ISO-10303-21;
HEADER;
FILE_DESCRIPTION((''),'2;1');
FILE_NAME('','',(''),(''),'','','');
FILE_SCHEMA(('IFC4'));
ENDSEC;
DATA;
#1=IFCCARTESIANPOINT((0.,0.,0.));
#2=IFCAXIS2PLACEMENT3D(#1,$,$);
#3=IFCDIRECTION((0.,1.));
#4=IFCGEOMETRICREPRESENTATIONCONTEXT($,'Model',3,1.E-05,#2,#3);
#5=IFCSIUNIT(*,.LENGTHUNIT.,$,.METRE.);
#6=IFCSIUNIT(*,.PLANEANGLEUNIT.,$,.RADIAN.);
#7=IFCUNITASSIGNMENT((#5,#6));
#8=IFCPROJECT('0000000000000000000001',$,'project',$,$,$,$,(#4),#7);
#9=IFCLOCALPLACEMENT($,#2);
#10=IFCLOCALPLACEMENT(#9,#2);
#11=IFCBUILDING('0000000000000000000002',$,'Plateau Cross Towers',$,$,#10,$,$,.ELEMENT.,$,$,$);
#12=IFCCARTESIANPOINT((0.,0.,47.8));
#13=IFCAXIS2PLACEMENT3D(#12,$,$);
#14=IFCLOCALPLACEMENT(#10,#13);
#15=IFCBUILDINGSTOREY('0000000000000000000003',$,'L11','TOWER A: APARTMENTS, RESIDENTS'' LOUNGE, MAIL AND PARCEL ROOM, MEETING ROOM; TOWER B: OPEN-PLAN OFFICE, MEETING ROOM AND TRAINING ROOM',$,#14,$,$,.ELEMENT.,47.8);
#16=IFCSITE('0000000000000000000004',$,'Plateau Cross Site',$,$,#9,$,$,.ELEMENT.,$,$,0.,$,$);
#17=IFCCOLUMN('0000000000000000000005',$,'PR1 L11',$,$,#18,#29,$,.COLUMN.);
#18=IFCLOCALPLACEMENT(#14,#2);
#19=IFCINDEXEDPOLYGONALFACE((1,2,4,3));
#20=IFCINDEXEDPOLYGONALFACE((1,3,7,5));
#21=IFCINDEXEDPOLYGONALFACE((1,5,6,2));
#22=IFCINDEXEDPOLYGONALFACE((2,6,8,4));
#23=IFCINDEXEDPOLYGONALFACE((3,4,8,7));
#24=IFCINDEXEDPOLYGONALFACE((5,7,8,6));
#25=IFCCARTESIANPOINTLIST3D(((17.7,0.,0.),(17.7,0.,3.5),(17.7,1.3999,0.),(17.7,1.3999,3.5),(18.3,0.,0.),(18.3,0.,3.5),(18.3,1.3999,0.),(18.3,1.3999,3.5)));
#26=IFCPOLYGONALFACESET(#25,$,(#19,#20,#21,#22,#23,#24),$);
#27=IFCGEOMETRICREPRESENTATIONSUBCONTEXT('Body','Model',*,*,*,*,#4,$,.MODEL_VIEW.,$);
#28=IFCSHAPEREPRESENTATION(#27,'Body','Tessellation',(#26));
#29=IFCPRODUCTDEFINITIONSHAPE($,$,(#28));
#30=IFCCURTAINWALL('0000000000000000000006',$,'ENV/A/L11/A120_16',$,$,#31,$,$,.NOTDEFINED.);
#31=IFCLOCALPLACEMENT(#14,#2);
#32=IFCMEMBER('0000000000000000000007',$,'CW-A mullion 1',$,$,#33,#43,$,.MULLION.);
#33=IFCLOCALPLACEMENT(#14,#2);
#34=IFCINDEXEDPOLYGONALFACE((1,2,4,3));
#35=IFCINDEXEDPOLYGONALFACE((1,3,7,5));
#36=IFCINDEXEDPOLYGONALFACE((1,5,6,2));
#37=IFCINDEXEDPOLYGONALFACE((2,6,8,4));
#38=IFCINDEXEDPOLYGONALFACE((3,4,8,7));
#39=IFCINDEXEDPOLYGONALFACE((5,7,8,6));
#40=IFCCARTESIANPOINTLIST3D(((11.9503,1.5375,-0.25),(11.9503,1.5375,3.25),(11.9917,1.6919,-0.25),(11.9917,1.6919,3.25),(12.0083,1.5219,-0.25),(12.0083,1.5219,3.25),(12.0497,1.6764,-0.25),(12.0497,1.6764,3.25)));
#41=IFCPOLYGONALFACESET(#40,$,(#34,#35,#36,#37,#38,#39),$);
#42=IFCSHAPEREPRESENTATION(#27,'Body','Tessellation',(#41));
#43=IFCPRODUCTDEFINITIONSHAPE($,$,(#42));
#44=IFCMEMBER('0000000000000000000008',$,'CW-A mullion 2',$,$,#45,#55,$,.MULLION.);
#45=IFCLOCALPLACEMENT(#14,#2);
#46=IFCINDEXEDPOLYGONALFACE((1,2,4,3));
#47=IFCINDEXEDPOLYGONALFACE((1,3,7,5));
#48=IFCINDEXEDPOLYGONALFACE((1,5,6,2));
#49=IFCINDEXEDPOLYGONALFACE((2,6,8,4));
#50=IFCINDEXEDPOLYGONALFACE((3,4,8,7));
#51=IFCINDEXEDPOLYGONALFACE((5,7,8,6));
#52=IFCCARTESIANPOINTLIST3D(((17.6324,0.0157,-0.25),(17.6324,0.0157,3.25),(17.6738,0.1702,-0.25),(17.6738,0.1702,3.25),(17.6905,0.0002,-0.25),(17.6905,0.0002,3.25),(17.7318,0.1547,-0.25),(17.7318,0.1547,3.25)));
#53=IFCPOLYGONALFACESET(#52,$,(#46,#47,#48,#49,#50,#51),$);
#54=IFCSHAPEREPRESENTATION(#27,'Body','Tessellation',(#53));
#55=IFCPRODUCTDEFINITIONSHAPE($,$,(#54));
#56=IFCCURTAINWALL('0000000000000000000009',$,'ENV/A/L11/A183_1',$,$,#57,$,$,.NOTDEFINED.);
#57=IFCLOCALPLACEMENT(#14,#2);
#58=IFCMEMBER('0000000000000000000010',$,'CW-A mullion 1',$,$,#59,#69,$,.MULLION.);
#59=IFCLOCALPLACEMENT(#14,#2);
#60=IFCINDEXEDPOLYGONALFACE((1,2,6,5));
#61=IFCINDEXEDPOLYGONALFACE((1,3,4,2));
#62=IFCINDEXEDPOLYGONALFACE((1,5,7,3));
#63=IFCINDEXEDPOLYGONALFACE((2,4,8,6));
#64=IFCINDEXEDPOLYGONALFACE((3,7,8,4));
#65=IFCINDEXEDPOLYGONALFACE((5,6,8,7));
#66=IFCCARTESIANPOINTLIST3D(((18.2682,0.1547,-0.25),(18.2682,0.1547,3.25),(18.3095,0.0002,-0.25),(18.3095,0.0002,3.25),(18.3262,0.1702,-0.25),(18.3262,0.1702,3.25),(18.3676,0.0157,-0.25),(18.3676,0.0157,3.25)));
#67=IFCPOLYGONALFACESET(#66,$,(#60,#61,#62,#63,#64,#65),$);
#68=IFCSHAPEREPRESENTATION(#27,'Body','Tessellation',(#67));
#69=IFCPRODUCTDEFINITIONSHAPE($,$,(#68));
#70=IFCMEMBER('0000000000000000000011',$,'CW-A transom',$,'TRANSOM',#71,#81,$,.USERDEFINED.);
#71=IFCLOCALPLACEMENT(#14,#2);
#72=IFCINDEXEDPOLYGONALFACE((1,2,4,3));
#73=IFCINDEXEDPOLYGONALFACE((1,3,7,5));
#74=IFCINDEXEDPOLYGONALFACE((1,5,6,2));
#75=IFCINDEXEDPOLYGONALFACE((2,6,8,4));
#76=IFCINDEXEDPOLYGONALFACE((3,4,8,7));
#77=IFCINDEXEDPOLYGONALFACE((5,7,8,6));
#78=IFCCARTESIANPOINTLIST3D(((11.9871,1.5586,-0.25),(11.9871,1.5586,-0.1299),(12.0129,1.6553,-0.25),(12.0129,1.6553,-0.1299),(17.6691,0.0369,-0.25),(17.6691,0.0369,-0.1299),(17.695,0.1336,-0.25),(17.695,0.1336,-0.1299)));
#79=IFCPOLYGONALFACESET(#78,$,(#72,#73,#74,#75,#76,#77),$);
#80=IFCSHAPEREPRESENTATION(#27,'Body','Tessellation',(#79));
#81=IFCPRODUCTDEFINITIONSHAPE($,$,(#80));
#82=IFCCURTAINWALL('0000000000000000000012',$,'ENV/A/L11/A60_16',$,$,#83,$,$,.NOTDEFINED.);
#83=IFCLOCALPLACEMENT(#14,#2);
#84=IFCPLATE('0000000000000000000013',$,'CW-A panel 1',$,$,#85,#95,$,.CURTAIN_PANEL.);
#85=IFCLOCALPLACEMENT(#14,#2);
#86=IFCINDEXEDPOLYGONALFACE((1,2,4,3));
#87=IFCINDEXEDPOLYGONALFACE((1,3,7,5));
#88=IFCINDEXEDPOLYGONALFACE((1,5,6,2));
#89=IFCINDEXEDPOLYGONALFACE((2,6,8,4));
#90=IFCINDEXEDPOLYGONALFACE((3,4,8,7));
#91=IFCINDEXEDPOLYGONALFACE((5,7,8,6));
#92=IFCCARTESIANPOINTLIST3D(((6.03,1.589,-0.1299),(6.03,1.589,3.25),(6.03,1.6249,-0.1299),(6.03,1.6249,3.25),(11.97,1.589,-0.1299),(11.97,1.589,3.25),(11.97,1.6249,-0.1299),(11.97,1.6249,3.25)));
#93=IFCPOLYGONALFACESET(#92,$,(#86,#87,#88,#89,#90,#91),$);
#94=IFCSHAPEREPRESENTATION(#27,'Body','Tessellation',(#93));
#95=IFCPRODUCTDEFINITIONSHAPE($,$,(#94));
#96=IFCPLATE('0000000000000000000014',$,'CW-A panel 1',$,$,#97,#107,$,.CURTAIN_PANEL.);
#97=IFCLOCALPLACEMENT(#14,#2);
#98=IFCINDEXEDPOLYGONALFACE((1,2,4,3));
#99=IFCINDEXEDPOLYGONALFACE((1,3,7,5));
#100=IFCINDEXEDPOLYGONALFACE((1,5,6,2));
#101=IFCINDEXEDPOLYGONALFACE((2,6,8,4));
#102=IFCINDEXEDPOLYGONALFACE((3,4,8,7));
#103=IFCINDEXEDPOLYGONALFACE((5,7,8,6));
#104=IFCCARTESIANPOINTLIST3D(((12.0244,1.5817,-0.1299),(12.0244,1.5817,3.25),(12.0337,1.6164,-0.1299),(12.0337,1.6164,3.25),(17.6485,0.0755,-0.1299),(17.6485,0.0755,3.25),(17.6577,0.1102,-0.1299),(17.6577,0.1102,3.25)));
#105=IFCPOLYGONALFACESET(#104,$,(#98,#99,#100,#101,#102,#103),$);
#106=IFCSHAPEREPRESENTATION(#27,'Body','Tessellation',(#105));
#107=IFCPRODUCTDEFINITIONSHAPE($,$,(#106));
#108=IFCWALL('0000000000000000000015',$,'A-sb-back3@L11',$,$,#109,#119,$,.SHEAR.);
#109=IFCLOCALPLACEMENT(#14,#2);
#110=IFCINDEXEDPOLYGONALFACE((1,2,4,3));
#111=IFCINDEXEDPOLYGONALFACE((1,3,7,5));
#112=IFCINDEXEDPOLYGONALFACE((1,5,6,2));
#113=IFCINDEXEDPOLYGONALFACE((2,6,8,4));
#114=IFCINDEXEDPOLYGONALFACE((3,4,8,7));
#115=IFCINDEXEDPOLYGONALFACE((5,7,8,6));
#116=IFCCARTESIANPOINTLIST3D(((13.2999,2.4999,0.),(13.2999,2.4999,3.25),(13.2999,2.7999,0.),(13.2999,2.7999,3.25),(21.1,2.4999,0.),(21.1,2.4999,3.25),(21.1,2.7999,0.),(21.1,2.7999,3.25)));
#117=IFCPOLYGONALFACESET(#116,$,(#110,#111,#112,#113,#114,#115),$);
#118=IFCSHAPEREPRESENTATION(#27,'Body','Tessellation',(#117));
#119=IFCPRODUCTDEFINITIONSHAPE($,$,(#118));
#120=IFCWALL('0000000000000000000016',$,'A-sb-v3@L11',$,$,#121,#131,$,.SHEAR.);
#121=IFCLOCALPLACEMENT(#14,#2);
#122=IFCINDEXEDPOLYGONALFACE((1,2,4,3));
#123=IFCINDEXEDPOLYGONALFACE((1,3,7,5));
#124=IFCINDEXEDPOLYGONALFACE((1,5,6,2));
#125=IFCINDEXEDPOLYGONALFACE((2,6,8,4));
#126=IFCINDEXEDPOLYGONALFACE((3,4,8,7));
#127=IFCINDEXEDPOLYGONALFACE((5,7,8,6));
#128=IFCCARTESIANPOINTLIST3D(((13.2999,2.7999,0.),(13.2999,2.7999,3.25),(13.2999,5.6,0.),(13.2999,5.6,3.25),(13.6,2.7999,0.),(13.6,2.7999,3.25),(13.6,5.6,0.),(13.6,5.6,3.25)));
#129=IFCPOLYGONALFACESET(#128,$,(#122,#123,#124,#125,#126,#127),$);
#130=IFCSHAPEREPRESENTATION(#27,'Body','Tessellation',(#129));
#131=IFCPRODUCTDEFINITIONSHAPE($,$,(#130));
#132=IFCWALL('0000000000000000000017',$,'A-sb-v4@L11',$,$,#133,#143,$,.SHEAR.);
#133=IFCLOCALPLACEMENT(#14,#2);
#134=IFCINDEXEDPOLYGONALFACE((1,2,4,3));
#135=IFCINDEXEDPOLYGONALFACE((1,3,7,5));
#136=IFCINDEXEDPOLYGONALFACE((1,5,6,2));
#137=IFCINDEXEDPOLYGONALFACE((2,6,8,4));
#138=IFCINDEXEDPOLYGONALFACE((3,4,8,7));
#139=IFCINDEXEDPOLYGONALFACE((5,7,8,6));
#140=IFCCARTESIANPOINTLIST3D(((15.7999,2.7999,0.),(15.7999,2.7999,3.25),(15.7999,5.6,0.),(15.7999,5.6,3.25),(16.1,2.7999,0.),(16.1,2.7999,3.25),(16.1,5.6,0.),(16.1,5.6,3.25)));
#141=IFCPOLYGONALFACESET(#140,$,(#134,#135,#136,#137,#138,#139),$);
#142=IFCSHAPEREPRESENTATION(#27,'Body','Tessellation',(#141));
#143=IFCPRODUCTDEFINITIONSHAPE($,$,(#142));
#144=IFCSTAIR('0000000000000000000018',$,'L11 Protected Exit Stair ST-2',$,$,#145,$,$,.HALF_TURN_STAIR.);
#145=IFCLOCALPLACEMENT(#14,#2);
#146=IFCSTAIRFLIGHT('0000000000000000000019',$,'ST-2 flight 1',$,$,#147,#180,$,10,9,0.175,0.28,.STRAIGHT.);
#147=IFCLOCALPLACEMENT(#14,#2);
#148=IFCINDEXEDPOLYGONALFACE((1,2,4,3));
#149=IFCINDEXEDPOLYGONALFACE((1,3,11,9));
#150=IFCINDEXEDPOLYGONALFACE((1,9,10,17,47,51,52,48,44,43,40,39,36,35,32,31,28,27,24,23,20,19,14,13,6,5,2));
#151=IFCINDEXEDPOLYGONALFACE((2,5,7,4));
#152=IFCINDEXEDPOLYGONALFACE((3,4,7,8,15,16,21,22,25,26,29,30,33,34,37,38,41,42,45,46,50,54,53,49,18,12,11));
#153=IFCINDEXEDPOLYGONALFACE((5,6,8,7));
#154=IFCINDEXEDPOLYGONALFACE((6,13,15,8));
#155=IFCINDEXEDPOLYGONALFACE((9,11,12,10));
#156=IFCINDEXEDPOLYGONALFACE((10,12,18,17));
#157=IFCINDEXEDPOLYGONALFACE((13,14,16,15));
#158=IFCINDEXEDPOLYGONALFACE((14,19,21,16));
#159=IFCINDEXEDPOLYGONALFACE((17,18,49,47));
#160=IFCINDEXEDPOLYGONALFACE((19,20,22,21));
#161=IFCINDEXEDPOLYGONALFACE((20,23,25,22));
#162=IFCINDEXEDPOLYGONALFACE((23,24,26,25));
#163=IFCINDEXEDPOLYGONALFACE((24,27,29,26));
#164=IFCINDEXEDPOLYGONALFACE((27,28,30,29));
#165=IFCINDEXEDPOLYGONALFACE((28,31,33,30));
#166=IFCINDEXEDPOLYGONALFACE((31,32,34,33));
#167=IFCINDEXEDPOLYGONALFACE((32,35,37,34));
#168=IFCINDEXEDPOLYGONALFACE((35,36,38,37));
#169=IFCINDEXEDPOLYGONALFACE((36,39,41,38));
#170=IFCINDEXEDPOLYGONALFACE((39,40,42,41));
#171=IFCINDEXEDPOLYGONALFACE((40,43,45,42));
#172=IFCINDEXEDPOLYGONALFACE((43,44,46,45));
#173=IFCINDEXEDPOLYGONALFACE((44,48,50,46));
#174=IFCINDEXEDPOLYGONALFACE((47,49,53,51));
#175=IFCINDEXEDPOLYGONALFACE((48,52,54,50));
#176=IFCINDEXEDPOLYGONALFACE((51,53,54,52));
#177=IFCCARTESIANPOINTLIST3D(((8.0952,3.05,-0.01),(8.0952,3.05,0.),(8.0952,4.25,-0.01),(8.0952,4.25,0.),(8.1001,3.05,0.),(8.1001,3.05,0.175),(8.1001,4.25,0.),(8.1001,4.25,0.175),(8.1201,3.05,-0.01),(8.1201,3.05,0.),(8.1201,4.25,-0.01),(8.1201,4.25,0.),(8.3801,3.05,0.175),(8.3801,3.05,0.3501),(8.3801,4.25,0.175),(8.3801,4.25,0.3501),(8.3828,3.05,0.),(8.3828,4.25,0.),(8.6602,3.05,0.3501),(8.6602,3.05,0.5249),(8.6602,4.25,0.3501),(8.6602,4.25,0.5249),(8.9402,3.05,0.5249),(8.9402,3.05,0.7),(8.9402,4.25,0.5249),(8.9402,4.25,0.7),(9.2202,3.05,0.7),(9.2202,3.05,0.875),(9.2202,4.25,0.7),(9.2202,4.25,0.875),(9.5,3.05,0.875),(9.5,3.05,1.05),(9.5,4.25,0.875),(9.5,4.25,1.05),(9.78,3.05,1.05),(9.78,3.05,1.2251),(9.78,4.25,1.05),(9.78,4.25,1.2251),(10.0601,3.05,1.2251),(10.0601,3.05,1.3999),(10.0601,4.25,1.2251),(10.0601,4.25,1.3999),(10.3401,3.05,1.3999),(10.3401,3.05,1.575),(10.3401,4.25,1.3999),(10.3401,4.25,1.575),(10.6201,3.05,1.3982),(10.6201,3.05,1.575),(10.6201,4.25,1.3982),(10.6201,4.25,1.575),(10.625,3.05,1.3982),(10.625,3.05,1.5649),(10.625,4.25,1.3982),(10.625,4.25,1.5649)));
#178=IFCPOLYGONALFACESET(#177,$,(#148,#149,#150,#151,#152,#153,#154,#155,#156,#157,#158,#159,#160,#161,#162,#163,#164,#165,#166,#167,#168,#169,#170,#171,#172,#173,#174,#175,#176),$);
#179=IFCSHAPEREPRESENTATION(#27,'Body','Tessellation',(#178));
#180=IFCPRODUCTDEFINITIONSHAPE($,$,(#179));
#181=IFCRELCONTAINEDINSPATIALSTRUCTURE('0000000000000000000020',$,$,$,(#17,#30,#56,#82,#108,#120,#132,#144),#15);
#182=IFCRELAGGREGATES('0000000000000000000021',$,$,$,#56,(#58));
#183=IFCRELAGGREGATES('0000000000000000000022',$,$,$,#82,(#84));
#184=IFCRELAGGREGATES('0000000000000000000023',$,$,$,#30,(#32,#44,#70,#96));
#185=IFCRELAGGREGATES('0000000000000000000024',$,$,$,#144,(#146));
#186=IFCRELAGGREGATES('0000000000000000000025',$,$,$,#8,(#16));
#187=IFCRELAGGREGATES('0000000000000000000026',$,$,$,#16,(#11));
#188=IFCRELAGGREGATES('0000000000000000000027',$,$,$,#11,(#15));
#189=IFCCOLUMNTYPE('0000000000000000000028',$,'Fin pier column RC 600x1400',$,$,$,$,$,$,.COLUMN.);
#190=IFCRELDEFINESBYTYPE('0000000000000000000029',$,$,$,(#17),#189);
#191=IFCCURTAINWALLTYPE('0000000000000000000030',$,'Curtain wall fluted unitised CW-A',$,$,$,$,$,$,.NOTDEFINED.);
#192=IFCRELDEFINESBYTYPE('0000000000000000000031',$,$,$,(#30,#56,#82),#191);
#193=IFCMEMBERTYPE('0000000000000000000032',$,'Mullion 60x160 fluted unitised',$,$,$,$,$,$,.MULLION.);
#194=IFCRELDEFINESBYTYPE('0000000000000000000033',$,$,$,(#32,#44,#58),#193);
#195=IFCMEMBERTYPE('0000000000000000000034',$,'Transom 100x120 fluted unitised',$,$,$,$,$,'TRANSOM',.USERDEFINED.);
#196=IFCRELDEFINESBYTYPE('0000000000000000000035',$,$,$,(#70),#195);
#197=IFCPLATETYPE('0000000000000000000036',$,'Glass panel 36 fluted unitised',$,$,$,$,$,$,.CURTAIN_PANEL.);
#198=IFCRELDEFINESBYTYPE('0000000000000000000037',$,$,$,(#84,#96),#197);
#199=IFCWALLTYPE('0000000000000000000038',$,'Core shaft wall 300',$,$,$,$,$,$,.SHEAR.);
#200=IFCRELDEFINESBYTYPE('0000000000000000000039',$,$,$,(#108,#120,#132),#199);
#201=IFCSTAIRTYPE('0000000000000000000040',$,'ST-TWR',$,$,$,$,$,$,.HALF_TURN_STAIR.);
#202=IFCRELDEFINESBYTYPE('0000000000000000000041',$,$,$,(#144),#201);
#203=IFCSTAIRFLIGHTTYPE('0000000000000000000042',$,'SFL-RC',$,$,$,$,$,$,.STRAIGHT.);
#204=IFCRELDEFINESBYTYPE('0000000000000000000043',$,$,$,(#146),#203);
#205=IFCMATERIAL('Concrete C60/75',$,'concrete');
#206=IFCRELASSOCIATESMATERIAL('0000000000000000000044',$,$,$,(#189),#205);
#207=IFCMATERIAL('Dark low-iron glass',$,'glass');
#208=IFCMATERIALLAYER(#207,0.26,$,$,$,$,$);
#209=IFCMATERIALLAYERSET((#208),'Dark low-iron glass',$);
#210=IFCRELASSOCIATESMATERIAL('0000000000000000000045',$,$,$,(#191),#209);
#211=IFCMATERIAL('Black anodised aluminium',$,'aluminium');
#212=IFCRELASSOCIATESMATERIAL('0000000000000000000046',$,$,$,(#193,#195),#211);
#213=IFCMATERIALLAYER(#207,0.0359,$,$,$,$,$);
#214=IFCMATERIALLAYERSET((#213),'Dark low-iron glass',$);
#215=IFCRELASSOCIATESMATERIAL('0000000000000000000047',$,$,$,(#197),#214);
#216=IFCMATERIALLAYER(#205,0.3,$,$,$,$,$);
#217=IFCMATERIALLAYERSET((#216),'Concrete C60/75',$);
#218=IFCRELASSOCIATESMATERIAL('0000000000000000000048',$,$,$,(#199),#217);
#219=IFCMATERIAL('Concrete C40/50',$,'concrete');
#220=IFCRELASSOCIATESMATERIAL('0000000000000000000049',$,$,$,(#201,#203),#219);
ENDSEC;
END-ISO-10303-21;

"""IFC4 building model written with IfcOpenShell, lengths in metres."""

from ifc_helpers import new_model, si_unit, direction, frame, frame_2d, origin, origin_2d, place, context, subcontext, project, spatial, polyline, rectangle, outline, extrude, material, layer, layer_set, material_profile, profile_set, type_object, element, aggregate, save


model = new_model("IFC4")

# Units and contexts
model_context = context("Model", 3, precision=1e-05, world=origin(), true_north=direction((0.0, 1.0)))
body_context = subcontext(model_context, "Body", "Model", "MODEL_VIEW")
ifc_project = project(units=[si_unit("LENGTHUNIT", "METRE"), si_unit("PLANEANGLEUNIT", "RADIAN")], contexts=[model_context])

# Site, building, storey
site_placement = place(None, origin())
site = spatial("IfcSite", under=ifc_project, at=site_placement, Name="Plateau Cross Site", CompositionType="ELEMENT", RefElevation=0.0)
building_placement = place(site_placement, origin())
building = spatial("IfcBuilding", under=site, at=building_placement, Name="Plateau Cross Towers", CompositionType="ELEMENT")
storey_placement = place(building_placement, frame((0.0, 0.0, 47.8)))
storey = spatial("IfcBuildingStorey", under=building, at=storey_placement, Name="L11", Description="TOWER A: APARTMENTS, RESIDENTS' LOUNGE, MAIL AND PARCEL ROOM, MEETING ROOM; TOWER B: OPEN-PLAN OFFICE, MEETING ROOM AND TRAINING ROOM", CompositionType="ELEMENT", Elevation=47.8)

# Column
ifc_material_1 = material(Name="Concrete C60/75", Category="concrete")
ifc_material_profile_1 = material_profile(ifc_material_1, rectangle(XDim=0.6001, YDim=1.3999, at=origin_2d()), Name="RC 600x1400")
ifc_profile_set_1 = profile_set([ifc_material_profile_1], Name="Concrete C60/75")
column_type = type_object("IfcColumnType", Name="Fin pier column RC 600x1400", PredefinedType="COLUMN", material=ifc_profile_set_1)
column_placement = place(storey_placement, frame((18.0, 0.7, 0.0), z_axis=(0.0, 0.0, 1.0), x_axis=(1.0, 0.0, 0.0)))
element("IfcColumn", 1, at=column_placement, inside=storey, type_object=column_type, Name="PR1 L11", PredefinedType="COLUMN", context=body_context, shape_type="SweptSolid", body=[
    extrude(rectangle(XDim=0.6001, YDim=1.3999, at=origin_2d()), origin(), (0.0, 0.0, 1.0), 3.5),
])

# Curtain wall, members
ifc_material_2 = material(Name="Dark low-iron glass", Category="glass")
ifc_layer_1 = layer(ifc_material_2, 0.26)
ifc_layer_set_1 = layer_set([ifc_layer_1], Name="Dark low-iron glass")
curtain_wall_type = type_object("IfcCurtainWallType", Name="Curtain wall fluted unitised CW-A", PredefinedType="NOTDEFINED", material=ifc_layer_set_1)
curtain_wall_1_placement = place(storey_placement, origin())
curtain_wall_1 = element("IfcCurtainWall", 2, at=curtain_wall_1_placement, inside=storey, type_object=curtain_wall_type, Name="ENV/A/L11/A120_16", PredefinedType="NOTDEFINED")
ifc_material_3 = material(Name="Black anodised aluminium", Category="aluminium")
ifc_material_profile_2 = material_profile(ifc_material_3, rectangle(XDim=0.0601, YDim=0.1599, at=origin_2d()), Name="MULLION 60x160")
ifc_profile_set_2 = profile_set([ifc_material_profile_2], Name="Black anodised aluminium")
member_type_1 = type_object("IfcMemberType", Name="Mullion 60x160 fluted unitised", PredefinedType="MULLION", material=ifc_profile_set_2)
member_1_placement = place(storey_placement, frame((12.0, 1.6069, -0.25), z_axis=(0.0, 0.0, 1.0), x_axis=(0.965958, -0.258699, 0.0)))
member_1 = element("IfcMember", 3, at=member_1_placement, type_object=member_type_1, Name="CW-A mullion 1", PredefinedType="MULLION", context=body_context, shape_type="SweptSolid", body=[
    extrude(rectangle(XDim=0.0601, YDim=0.1599, at=origin_2d()), origin(), (0.0, 0.0, 1.0), 3.5),
])
member_2_placement = place(storey_placement, frame((17.6821, 0.0852, -0.25), z_axis=(0.0, 0.0, 1.0), x_axis=(0.965958, -0.258699, 0.0)))
member_2 = element("IfcMember", 4, at=member_2_placement, type_object=member_type_1, Name="CW-A mullion 2", PredefinedType="MULLION", context=body_context, shape_type="SweptSolid", body=[
    extrude(rectangle(XDim=0.0601, YDim=0.1599, at=origin_2d()), origin(), (0.0, 0.0, 1.0), 3.5),
])

# Curtain wall, member
curtain_wall_2_placement = place(storey_placement, origin())
curtain_wall_2 = element("IfcCurtainWall", 5, at=curtain_wall_2_placement, inside=storey, type_object=curtain_wall_type, Name="ENV/A/L11/A183_1", PredefinedType="NOTDEFINED")
member_3_placement = place(storey_placement, frame((18.3179, 0.0852, -0.25), z_axis=(0.0, 0.0, 1.0), x_axis=(0.965958, 0.258699, 0.0)))
member_3 = element("IfcMember", 6, at=member_3_placement, type_object=member_type_1, Name="CW-A mullion 1", PredefinedType="MULLION", context=body_context, shape_type="SweptSolid", body=[
    extrude(rectangle(XDim=0.0601, YDim=0.1599, at=origin_2d()), origin(), (0.0, 0.0, 1.0), 3.5),
])
aggregate(curtain_wall_2, [member_3])

# Member
ifc_material_profile_3 = material_profile(ifc_material_3, rectangle(XDim=0.1001, YDim=0.1201, at=origin_2d()), Name="TRANSOM 100x120")
ifc_profile_set_3 = profile_set([ifc_material_profile_3], Name="Black anodised aluminium")
member_type_2 = type_object("IfcMemberType", Name="Transom 100x120 fluted unitised", ElementType="TRANSOM", PredefinedType="USERDEFINED", material=ifc_profile_set_3)
member_4_placement = place(storey_placement, frame((12.0, 1.6069, -0.1899), z_axis=(0.96596, -0.258693, 0.0), x_axis=(0.258693, 0.96596, 0.0)))
member_4 = element("IfcMember", 7, at=member_4_placement, type_object=member_type_2, Name="CW-A transom", ObjectType="TRANSOM", PredefinedType="USERDEFINED", context=body_context, shape_type="SweptSolid", body=[
    extrude(rectangle(XDim=0.1001, YDim=0.1201, at=origin_2d()), origin(), (0.0, 0.0, 1.0), 5.8823),
])

# Curtain wall, plate
curtain_wall_3_placement = place(storey_placement, origin())
curtain_wall_3 = element("IfcCurtainWall", 8, at=curtain_wall_3_placement, inside=storey, type_object=curtain_wall_type, Name="ENV/A/L11/A60_16", PredefinedType="NOTDEFINED")
ifc_layer_2 = layer(ifc_material_2, 0.0359)
ifc_layer_set_2 = layer_set([ifc_layer_2], Name="Dark low-iron glass")
plate_type = type_object("IfcPlateType", Name="Glass panel 36 fluted unitised", PredefinedType="CURTAIN_PANEL", material=ifc_layer_set_2)
plate_1_placement = place(storey_placement, frame((9.0, 1.6069, -0.1299), z_axis=(0.0, 0.0, 1.0), x_axis=(1.0, 0.0, 0.0)))
plate_1 = element("IfcPlate", 9, at=plate_1_placement, type_object=plate_type, Name="CW-A panel 1", PredefinedType="CURTAIN_PANEL", context=body_context, shape_type="SweptSolid", body=[
    extrude(rectangle(XDim=5.9399, YDim=0.0359, at=origin_2d()), origin(), (0.0, 0.0, 1.0), 3.3799),
])
aggregate(curtain_wall_3, [plate_1])

# Plate
plate_2_placement = place(storey_placement, frame((14.8411, 0.8459, -0.1299), z_axis=(0.0, 0.0, 1.0), x_axis=(0.965958, -0.258699, 0.0)))
plate_2 = element("IfcPlate", 10, at=plate_2_placement, type_object=plate_type, Name="CW-A panel 1", PredefinedType="CURTAIN_PANEL", context=body_context, shape_type="SweptSolid", body=[
    extrude(rectangle(XDim=5.8223, YDim=0.0359, at=origin_2d()), origin(), (0.0, 0.0, 1.0), 3.3799),
])
aggregate(curtain_wall_1, [member_1, member_2, member_4, plate_2])

# Walls
ifc_layer_3 = layer(ifc_material_1, 0.3)
ifc_layer_set_3 = layer_set([ifc_layer_3], Name="Concrete C60/75")
wall_type = type_object("IfcWallType", Name="Core shaft wall 300", PredefinedType="SHEAR", material=ifc_layer_set_3)
wall_placement = place(storey_placement, frame((13.3, 2.6499, 0.0), z_axis=(0.0, 0.0, 1.0), x_axis=(1.0, 0.0, 0.0)))
element("IfcWall", 11, at=wall_placement, inside=storey, type_object=wall_type, Name="A-sb-back3@L11", PredefinedType="SHEAR", context=body_context, shape_type="SweptSolid", body=[
    extrude(rectangle(XDim=7.8, YDim=0.3, at=frame_2d((3.8999, 0.0))), origin(), (0.0, 0.0, 1.0), 3.25),
])
for number, where, z_axis, x_axis, name in (
    (12, (13.45, 2.8, 0.0), (0.0, 0.0, 1.0), (0.0, 1.0, 0.0), "A-sb-v3@L11"),
    (13, (15.95, 2.8, 0.0), (0.0, 0.0, 1.0), (0.0, 1.0, 0.0), "A-sb-v4@L11"),
):
    element("IfcWall", number, at=place(storey_placement, frame(where, z_axis=z_axis, x_axis=x_axis)), inside=storey, type_object=wall_type, Name=name, PredefinedType="SHEAR", context=body_context, shape_type="SweptSolid", body=[
        extrude(rectangle(XDim=2.8, YDim=0.3, at=frame_2d((1.3999, 0.0))), origin(), (0.0, 0.0, 1.0), 3.25),
    ])

# Stair, stair flight
ifc_material_4 = material(Name="Concrete C40/50", Category="concrete")
stair_type = type_object("IfcStairType", Name="ST-TWR", PredefinedType="HALF_TURN_STAIR", material=ifc_material_4)
stair_placement = place(storey_placement, origin())
stair = element("IfcStair", 14, at=stair_placement, inside=storey, type_object=stair_type, Name="L11 Protected Exit Stair ST-2", PredefinedType="HALF_TURN_STAIR")
stair_flight_type = type_object("IfcStairFlightType", Name="SFL-RC", PredefinedType="STRAIGHT", material=ifc_material_4)
stair_flight_placement = place(storey_placement, frame((8.1001, 3.6499, 0.0), z_axis=(0.0, 0.0, 1.0), x_axis=(1.0, 0.0, 0.0)))
stair_flight = element("IfcStairFlight", 15, at=stair_flight_placement, type_object=stair_flight_type, Name="ST-2 flight 1", NumberOfRisers=10, NumberOfTreads=9, PredefinedType="STRAIGHT", RiserHeight=0.175, TreadLength=0.28, context=body_context, shape_type="SweptSolid", body=[
    extrude(outline(polyline([(-0.0049, -0.01), (-0.0049, 0.0), (0.0, 0.0), (0.0, 0.175), (0.28, 0.175), (0.28, 0.3501), (0.5601, 0.3501), (0.5601, 0.5249), (0.8401, 0.5249), (0.8401, 0.7), (1.1201, 0.7), (1.1201, 0.875), (1.3999, 0.875), (1.3999, 1.05), (1.6799, 1.05), (1.6799, 1.2251), (1.96, 1.2251), (1.96, 1.3999), (2.24, 1.3999), (2.24, 1.575), (2.52, 1.575), (2.5249, 1.5649), (2.5249, 1.3982), (2.52, 1.3982), (0.2827, 0.0), (0.02, 0.0), (0.02, -0.01), (-0.0049, -0.01)])), frame((0.0, 0.6001, 0.0), z_axis=(0.0, -1.0, 0.0), x_axis=(1.0, 0.0, 0.0)), (0.0, 0.0, 1.0), 1.2),
])
aggregate(stair, [stair_flight])

save(model, "model.ifc")
